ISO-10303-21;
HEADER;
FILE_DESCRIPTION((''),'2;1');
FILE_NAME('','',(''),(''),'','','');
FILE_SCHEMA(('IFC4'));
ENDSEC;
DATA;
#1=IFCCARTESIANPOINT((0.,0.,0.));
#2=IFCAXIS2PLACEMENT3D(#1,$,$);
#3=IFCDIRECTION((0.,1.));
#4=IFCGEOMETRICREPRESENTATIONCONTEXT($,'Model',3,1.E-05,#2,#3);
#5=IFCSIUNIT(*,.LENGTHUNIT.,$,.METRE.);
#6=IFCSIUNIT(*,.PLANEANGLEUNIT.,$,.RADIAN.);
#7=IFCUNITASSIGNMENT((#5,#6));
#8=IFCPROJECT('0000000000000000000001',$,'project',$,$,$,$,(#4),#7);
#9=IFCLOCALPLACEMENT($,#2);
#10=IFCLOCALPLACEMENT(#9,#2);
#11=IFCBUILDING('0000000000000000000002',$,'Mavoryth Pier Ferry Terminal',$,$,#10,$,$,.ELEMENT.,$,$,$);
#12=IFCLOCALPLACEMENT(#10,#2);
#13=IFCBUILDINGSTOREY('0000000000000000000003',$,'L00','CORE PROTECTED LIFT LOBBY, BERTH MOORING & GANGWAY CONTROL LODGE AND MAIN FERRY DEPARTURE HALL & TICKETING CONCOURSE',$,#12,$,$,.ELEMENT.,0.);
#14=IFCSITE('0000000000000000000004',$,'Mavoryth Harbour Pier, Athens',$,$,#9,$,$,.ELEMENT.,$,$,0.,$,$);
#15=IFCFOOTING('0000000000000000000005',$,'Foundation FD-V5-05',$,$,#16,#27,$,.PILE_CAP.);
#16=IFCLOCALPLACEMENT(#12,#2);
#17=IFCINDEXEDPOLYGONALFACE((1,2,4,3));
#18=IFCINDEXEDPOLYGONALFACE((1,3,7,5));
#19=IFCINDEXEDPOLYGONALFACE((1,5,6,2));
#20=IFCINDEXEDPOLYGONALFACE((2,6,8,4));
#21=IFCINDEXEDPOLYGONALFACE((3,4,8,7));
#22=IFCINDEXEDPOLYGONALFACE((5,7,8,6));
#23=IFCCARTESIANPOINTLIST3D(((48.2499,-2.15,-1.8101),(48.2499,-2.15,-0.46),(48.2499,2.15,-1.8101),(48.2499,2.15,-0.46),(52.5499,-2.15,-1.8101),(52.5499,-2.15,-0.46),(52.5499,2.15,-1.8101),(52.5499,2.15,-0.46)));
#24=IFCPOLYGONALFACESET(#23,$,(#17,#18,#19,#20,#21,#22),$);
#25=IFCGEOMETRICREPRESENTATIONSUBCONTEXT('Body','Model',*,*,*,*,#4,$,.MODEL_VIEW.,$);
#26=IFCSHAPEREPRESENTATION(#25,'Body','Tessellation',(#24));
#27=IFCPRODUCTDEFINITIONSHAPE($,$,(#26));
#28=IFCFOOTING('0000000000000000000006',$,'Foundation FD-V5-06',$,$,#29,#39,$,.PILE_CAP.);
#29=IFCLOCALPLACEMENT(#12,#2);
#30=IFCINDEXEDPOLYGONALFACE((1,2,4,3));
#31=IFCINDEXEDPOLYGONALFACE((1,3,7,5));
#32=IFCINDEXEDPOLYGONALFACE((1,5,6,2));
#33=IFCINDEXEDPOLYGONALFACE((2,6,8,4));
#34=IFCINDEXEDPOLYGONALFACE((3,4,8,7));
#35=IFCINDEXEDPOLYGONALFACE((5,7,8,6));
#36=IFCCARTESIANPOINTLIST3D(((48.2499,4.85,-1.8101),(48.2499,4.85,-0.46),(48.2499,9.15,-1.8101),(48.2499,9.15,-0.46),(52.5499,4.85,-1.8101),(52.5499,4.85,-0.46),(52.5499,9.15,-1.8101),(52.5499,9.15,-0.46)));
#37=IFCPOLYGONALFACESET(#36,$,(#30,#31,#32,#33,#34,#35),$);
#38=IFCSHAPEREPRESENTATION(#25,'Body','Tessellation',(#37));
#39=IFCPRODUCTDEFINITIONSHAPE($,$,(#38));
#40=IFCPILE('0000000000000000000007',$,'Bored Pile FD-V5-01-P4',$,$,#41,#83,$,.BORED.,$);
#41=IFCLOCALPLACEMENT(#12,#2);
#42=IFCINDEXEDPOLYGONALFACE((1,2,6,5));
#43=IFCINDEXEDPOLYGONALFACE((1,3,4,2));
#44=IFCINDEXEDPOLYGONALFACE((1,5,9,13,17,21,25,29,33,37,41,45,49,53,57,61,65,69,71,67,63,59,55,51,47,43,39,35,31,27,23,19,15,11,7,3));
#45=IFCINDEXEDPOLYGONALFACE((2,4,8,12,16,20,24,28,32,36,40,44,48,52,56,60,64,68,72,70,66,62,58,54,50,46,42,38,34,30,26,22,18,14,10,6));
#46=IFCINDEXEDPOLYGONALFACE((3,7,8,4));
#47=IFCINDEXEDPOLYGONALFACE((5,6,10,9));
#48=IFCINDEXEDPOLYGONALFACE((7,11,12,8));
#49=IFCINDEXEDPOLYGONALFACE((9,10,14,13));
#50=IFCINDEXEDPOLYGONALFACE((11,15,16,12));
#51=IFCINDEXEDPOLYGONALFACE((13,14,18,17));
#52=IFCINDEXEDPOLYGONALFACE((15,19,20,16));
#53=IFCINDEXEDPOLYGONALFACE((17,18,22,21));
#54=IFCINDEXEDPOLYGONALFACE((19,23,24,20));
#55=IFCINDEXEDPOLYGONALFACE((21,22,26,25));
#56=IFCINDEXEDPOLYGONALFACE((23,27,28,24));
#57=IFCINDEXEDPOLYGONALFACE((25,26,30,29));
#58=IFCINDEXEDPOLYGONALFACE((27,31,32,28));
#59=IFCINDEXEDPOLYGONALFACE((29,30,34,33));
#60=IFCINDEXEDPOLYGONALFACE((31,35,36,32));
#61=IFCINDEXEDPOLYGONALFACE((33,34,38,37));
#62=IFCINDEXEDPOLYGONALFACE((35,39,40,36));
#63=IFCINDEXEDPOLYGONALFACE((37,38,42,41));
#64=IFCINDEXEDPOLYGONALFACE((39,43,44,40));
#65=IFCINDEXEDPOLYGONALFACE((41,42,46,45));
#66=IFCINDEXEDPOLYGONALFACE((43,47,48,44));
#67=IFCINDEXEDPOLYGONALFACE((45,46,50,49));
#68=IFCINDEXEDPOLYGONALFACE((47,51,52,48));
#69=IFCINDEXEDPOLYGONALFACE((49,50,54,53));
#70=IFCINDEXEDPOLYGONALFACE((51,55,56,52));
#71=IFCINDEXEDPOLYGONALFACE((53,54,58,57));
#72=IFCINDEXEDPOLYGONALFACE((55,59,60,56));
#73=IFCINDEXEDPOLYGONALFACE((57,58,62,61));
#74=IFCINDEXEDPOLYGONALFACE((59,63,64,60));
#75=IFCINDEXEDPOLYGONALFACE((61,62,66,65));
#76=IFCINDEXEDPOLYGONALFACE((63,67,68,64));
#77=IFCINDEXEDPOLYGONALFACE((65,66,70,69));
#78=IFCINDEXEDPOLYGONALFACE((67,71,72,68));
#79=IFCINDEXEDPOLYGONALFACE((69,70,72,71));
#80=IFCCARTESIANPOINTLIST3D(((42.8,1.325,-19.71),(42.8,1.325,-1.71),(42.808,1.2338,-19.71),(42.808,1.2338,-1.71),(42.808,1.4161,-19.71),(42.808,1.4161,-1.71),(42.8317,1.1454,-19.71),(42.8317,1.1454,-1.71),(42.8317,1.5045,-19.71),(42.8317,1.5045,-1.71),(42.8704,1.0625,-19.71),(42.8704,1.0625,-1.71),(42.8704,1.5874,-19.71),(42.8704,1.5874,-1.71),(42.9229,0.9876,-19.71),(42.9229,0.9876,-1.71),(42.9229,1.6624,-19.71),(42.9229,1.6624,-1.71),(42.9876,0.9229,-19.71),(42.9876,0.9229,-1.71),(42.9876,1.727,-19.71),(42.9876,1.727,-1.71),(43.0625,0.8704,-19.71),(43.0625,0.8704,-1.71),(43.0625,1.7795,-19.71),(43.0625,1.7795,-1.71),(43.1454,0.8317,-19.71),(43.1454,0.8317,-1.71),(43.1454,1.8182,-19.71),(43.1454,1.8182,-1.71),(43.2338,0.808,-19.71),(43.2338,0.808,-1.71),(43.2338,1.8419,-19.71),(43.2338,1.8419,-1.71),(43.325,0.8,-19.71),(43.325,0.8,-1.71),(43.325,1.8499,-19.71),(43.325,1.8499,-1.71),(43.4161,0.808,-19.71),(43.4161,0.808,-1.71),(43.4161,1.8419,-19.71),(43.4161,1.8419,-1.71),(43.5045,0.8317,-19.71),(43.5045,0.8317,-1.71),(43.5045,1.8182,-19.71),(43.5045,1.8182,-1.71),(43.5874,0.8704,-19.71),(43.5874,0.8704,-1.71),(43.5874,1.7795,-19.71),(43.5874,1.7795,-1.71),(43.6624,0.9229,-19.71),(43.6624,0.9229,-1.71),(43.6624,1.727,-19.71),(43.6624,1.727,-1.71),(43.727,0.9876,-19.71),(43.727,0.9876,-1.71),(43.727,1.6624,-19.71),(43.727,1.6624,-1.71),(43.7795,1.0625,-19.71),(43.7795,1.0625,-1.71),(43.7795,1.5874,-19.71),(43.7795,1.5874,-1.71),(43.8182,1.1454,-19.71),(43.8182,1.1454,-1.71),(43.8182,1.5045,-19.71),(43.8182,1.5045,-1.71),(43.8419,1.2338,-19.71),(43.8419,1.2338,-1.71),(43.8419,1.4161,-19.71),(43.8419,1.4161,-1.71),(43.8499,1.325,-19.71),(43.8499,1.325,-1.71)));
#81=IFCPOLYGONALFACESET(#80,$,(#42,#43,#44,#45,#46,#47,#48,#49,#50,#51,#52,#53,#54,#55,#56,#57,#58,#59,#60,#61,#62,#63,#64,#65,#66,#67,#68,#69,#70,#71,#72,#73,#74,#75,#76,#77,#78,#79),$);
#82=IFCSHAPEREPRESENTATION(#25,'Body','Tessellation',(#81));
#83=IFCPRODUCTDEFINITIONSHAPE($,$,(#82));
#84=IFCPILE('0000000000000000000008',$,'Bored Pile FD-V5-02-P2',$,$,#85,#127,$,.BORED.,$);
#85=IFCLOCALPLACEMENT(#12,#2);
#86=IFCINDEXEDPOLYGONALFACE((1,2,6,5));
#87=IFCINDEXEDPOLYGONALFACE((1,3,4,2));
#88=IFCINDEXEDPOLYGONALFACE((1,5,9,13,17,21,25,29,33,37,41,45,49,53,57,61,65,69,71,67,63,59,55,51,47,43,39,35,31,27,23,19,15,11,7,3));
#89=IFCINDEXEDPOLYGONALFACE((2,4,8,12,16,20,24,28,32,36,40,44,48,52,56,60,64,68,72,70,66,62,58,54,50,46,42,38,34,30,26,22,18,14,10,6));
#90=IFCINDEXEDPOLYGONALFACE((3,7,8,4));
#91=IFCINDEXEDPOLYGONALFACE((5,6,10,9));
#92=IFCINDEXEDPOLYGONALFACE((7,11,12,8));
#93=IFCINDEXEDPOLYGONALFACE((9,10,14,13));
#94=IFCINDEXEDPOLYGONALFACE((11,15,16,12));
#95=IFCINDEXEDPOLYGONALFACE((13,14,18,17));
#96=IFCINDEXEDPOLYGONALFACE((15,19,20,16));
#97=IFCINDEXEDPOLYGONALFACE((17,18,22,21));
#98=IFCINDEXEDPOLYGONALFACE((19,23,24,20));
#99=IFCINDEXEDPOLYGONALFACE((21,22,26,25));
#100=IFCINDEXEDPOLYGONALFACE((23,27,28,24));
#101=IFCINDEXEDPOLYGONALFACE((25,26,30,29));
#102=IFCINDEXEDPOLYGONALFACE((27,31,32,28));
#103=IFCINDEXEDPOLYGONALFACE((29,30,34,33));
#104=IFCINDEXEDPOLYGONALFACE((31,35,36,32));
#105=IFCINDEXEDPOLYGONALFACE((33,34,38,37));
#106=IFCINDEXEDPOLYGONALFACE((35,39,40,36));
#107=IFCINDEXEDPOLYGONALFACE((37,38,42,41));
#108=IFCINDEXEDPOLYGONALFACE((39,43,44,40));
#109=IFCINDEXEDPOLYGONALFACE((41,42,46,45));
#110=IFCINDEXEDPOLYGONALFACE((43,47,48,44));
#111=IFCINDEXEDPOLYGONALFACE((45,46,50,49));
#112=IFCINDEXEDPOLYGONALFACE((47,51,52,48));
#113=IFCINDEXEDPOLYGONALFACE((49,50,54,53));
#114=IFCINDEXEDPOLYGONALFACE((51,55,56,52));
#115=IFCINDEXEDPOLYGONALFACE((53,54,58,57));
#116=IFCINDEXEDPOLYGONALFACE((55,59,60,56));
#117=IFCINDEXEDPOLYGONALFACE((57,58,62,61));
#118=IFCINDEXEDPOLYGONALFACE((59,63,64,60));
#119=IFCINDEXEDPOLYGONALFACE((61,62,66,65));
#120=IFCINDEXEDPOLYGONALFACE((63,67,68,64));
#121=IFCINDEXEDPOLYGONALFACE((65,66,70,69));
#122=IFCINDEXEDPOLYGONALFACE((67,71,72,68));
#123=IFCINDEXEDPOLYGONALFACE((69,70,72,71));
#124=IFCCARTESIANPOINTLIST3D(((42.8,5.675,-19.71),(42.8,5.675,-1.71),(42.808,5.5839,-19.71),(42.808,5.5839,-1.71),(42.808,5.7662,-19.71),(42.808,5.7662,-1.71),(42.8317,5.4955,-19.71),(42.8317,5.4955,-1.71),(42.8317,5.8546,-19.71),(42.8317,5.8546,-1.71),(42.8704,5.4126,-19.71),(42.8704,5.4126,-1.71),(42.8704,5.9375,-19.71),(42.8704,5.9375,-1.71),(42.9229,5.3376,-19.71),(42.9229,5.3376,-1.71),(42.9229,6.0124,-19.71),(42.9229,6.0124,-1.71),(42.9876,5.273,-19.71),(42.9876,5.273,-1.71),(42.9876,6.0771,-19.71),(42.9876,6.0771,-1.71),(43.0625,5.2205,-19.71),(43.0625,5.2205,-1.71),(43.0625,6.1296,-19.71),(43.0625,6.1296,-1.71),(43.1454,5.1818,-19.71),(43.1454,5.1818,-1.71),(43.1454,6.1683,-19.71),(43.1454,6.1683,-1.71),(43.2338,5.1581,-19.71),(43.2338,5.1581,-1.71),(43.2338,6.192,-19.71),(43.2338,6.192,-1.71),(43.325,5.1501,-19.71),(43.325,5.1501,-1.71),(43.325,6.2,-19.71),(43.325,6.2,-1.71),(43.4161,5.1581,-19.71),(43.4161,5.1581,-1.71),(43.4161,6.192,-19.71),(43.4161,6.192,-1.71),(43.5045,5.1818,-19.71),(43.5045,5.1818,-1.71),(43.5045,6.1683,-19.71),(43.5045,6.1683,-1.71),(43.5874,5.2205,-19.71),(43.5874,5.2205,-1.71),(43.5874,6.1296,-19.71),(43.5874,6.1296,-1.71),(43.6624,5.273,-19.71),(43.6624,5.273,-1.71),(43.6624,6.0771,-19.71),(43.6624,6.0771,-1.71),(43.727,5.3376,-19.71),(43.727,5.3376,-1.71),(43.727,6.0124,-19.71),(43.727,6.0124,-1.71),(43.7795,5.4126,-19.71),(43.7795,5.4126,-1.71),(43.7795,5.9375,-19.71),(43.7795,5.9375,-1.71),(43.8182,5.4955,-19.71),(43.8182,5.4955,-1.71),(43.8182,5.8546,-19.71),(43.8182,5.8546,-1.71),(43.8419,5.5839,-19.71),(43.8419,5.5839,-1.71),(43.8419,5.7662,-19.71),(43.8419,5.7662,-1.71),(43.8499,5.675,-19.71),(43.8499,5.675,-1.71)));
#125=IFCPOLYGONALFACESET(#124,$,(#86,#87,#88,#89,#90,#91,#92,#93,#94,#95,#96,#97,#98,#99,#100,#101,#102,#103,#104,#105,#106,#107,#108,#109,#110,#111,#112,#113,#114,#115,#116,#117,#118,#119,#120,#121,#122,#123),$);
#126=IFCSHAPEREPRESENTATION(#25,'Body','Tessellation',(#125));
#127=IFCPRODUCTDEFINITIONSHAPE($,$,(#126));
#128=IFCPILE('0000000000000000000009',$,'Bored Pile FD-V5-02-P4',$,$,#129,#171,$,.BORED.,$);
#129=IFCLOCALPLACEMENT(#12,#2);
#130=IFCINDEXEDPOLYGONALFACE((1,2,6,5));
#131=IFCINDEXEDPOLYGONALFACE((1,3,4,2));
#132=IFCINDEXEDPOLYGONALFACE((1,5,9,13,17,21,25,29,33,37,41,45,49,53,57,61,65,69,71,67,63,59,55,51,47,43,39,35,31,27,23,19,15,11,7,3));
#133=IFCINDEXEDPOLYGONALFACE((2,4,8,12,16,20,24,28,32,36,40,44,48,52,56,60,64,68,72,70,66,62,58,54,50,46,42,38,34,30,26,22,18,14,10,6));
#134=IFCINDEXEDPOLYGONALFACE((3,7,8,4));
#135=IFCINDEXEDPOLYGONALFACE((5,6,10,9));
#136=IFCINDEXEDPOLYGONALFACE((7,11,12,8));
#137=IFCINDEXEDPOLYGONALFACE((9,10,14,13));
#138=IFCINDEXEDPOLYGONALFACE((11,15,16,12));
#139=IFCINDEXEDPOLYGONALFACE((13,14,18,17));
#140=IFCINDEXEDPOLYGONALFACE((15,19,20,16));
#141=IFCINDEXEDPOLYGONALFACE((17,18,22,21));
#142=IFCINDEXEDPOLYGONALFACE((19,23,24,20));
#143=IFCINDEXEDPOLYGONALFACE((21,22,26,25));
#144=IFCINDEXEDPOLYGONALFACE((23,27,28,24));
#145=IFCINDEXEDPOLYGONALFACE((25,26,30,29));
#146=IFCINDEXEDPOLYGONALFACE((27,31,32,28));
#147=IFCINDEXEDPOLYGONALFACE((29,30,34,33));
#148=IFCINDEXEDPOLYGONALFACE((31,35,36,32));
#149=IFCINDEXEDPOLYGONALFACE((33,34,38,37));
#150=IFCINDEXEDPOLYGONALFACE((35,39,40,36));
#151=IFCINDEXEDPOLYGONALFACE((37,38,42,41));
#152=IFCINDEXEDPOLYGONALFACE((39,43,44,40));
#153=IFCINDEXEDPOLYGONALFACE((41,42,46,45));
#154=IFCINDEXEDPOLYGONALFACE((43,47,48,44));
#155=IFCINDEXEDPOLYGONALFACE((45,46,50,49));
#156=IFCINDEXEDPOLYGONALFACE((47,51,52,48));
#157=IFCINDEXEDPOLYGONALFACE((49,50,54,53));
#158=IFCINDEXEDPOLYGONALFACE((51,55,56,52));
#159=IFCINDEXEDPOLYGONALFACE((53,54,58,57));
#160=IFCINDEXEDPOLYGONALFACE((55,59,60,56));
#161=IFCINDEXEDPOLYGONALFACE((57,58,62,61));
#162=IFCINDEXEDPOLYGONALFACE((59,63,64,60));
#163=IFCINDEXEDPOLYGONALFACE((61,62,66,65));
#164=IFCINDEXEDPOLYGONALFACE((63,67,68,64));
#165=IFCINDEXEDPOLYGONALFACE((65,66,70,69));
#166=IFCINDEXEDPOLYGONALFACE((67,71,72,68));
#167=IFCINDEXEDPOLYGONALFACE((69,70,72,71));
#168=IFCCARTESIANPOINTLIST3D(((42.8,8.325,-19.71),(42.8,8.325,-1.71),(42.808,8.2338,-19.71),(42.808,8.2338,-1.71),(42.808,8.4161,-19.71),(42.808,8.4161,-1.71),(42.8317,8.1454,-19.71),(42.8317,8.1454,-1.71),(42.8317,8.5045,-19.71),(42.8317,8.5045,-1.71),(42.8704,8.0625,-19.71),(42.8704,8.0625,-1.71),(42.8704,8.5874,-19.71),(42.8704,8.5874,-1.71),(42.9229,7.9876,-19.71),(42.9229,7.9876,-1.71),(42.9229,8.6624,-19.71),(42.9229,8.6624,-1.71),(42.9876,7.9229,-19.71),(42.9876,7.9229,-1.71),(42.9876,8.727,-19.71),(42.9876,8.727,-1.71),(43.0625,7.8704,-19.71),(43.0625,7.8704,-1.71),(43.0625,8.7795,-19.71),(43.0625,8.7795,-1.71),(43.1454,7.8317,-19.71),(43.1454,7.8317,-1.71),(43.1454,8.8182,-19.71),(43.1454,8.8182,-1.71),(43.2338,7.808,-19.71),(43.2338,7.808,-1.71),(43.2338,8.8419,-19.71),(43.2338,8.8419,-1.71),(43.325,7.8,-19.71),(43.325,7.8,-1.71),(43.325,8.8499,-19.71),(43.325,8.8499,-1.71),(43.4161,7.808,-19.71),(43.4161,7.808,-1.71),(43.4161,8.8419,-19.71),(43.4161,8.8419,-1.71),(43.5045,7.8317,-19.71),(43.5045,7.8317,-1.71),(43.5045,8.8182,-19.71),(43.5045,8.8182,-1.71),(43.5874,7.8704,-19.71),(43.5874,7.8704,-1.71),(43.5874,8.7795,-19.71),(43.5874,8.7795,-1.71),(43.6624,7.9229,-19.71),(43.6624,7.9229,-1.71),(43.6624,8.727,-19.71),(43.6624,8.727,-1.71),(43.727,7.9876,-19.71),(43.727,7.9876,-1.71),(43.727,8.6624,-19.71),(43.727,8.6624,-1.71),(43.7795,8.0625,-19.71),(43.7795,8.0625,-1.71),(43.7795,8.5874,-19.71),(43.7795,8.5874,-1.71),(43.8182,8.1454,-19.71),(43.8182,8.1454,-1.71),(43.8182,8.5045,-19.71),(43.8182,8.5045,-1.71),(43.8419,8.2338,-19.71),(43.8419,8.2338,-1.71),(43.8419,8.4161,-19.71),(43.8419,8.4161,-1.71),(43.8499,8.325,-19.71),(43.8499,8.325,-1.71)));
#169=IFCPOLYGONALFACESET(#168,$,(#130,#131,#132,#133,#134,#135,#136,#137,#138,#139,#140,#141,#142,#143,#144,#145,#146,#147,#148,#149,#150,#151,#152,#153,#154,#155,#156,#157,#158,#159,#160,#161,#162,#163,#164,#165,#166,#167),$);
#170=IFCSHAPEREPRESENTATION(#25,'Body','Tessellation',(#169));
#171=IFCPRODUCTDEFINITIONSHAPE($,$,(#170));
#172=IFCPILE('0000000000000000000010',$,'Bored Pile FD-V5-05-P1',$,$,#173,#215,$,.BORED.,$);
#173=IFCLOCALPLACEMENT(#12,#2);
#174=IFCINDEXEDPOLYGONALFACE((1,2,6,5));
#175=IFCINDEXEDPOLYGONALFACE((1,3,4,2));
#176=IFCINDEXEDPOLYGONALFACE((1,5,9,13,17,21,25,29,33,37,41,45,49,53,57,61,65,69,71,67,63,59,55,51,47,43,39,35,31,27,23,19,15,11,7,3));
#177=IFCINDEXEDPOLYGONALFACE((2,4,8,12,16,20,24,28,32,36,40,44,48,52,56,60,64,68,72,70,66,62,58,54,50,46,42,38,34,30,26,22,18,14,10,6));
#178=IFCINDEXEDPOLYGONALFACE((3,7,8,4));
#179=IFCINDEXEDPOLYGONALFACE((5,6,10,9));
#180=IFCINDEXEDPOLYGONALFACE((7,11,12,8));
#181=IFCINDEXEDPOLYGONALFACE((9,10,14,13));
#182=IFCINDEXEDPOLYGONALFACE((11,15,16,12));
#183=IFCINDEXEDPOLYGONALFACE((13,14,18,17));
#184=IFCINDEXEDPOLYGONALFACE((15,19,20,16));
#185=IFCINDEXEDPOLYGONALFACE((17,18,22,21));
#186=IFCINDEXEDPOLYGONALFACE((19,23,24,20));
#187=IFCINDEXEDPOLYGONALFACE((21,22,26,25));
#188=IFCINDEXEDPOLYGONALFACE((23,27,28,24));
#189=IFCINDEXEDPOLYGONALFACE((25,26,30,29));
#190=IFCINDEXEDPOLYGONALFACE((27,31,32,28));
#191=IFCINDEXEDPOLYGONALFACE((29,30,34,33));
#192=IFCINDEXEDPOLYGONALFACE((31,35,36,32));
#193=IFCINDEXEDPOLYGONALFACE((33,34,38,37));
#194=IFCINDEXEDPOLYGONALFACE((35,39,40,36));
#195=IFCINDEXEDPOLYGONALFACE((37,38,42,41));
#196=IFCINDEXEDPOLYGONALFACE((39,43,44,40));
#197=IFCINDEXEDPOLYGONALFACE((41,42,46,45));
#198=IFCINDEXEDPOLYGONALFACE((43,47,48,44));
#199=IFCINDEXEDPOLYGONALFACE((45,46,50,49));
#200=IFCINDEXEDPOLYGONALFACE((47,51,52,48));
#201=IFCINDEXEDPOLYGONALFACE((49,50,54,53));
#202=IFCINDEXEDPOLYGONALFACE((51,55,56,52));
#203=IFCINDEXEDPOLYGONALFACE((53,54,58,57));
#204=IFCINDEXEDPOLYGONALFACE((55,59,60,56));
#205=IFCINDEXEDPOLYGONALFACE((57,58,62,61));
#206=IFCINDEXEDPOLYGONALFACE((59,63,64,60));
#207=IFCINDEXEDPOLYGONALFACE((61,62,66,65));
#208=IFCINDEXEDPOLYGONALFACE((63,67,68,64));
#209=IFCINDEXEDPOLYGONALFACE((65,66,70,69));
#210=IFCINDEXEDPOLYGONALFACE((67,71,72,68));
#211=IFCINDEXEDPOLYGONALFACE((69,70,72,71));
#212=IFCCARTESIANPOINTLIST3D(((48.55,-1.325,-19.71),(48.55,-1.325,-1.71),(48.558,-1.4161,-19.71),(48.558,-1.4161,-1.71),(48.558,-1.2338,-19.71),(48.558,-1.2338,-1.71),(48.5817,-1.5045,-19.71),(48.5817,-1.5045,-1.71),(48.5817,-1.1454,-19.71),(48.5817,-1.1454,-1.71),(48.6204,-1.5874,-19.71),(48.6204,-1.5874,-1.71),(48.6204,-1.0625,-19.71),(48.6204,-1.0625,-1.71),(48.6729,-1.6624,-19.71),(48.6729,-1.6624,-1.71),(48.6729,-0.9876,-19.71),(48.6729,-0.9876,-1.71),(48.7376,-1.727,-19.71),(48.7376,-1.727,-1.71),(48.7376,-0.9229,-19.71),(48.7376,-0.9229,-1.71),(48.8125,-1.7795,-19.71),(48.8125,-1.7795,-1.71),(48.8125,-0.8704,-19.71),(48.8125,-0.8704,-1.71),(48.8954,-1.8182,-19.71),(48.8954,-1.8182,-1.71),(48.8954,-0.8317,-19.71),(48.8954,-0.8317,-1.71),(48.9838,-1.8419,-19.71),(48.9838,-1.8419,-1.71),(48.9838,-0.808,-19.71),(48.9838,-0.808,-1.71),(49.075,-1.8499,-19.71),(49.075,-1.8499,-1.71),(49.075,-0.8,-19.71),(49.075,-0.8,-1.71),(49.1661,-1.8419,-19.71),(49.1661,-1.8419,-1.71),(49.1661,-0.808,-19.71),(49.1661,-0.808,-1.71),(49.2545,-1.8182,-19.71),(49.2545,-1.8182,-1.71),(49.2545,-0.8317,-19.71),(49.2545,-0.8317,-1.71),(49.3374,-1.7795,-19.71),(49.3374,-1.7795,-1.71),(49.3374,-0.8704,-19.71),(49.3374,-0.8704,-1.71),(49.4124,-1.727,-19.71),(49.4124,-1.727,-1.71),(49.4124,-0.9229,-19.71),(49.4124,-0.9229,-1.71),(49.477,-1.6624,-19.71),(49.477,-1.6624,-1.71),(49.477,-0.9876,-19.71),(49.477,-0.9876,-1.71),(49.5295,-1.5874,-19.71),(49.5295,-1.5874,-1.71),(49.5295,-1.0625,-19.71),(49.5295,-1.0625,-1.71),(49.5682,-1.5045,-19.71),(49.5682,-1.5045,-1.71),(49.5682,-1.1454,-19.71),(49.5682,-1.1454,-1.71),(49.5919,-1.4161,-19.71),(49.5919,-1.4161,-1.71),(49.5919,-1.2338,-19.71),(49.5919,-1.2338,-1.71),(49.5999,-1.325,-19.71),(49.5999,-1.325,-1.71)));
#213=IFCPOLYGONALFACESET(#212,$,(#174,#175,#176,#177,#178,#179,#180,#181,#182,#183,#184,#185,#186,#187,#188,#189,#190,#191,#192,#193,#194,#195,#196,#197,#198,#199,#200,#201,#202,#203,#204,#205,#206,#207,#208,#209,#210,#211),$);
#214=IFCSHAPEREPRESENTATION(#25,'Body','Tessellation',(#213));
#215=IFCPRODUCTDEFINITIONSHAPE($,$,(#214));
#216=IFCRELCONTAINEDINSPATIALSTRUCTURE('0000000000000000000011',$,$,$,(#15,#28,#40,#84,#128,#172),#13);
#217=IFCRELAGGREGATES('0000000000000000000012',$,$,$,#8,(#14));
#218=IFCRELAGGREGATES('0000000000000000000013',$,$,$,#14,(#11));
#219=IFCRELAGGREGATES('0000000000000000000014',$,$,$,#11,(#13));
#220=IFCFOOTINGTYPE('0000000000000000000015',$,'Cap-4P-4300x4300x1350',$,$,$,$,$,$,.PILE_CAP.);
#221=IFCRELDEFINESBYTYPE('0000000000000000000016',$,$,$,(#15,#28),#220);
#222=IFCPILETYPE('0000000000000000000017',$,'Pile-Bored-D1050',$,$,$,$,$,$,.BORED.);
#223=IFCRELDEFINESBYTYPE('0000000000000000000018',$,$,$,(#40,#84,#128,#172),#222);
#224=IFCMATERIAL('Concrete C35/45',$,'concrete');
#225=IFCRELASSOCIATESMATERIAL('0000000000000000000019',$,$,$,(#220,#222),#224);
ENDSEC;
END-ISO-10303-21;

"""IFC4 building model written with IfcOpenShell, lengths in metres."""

from ifc_helpers import new_model, si_unit, direction, frame, origin, origin_2d, place, context, subcontext, project, spatial, rectangle, circle, extrude, material, material_profile, profile_set, type_object, element, save


model = new_model("IFC4")

# Units and contexts
model_context = context("Model", 3, precision=1e-05, world=origin(), true_north=direction((0.0, 1.0)))
body_context = subcontext(model_context, "Body", "Model", "MODEL_VIEW")
ifc_project = project(units=[si_unit("LENGTHUNIT", "METRE"), si_unit("PLANEANGLEUNIT", "RADIAN")], contexts=[model_context])

# Site, building, storey
site_placement = place(None, origin())
site = spatial("IfcSite", under=ifc_project, at=site_placement, Name="Mavoryth Harbour Pier, Athens", CompositionType="ELEMENT", RefElevation=0.0)
building_placement = place(site_placement, origin())
building = spatial("IfcBuilding", under=site, at=building_placement, Name="Mavoryth Pier Ferry Terminal", CompositionType="ELEMENT")
storey_placement = place(building_placement, origin())
storey = spatial("IfcBuildingStorey", under=building, at=storey_placement, Name="L00", Description="CORE PROTECTED LIFT LOBBY, BERTH MOORING & GANGWAY CONTROL LODGE AND MAIN FERRY DEPARTURE HALL & TICKETING CONCOURSE", CompositionType="ELEMENT", Elevation=0.0)

# Footings
ifc_material_1 = material(Name="Concrete C35/45", Category="concrete")
footing_type_1 = type_object("IfcFootingType", Name="Cap-4P-4300x4300x1350", PredefinedType="PILE_CAP", material=ifc_material_1)
for number, where, z_axis, x_axis, name in (
    (1, (50.3999, 0.0, -1.8101), (0.0, 0.0, 1.0), (1.0, 0.0, 0.0), "Foundation FD-V5-05"),
    (2, (50.3999, 7.0, -1.8101), (0.0, 0.0, 1.0), (1.0, 0.0, 0.0), "Foundation FD-V5-06"),
):
    element("IfcFooting", number, at=place(storey_placement, frame(where, z_axis=z_axis, x_axis=x_axis)), inside=storey, type_object=footing_type_1, Name=name, PredefinedType="PILE_CAP", context=body_context, shape_type="SweptSolid", body=[
        extrude(rectangle(XDim=4.3, YDim=4.3, at=origin_2d()), origin(), (0.0, 0.0, 1.0), 1.3501),
    ])

# Piles
ifc_material_profile_1 = material_profile(ifc_material_1, circle(Radius=0.5249, at=origin_2d()), Name="PILE D1050", Category="concrete")
ifc_profile_set_1 = profile_set([ifc_material_profile_1], Name="Concrete C35/45 - PILE D1050")
pile_type = type_object("IfcPileType", Name="Pile-Bored-D1050", PredefinedType="BORED", material=ifc_profile_set_1)
for number, where, z_axis, x_axis, name in (
    (3, (43.325, 1.325, -1.71), (0.0, 0.0, -1.0), (1.0, 0.0, 0.0), "Bored Pile FD-V5-01-P4"),
    (4, (43.325, 5.675, -1.71), (0.0, 0.0, -1.0), (1.0, 0.0, 0.0), "Bored Pile FD-V5-02-P2"),
    (5, (43.325, 8.325, -1.71), (0.0, 0.0, -1.0), (1.0, 0.0, 0.0), "Bored Pile FD-V5-02-P4"),
    (6, (49.075, -1.325, -1.71), (0.0, 0.0, -1.0), (1.0, 0.0, 0.0), "Bored Pile FD-V5-05-P1"),
):
    element("IfcPile", number, at=place(storey_placement, frame(where, z_axis=z_axis, x_axis=x_axis)), inside=storey, type_object=pile_type, Name=name, PredefinedType="BORED", context=body_context, shape_type="SweptSolid", body=[
        extrude(circle(Radius=0.5249, at=origin_2d()), origin(), (0.0, 0.0, 1.0), 18.0),
    ])

save(model, "model.ifc")
